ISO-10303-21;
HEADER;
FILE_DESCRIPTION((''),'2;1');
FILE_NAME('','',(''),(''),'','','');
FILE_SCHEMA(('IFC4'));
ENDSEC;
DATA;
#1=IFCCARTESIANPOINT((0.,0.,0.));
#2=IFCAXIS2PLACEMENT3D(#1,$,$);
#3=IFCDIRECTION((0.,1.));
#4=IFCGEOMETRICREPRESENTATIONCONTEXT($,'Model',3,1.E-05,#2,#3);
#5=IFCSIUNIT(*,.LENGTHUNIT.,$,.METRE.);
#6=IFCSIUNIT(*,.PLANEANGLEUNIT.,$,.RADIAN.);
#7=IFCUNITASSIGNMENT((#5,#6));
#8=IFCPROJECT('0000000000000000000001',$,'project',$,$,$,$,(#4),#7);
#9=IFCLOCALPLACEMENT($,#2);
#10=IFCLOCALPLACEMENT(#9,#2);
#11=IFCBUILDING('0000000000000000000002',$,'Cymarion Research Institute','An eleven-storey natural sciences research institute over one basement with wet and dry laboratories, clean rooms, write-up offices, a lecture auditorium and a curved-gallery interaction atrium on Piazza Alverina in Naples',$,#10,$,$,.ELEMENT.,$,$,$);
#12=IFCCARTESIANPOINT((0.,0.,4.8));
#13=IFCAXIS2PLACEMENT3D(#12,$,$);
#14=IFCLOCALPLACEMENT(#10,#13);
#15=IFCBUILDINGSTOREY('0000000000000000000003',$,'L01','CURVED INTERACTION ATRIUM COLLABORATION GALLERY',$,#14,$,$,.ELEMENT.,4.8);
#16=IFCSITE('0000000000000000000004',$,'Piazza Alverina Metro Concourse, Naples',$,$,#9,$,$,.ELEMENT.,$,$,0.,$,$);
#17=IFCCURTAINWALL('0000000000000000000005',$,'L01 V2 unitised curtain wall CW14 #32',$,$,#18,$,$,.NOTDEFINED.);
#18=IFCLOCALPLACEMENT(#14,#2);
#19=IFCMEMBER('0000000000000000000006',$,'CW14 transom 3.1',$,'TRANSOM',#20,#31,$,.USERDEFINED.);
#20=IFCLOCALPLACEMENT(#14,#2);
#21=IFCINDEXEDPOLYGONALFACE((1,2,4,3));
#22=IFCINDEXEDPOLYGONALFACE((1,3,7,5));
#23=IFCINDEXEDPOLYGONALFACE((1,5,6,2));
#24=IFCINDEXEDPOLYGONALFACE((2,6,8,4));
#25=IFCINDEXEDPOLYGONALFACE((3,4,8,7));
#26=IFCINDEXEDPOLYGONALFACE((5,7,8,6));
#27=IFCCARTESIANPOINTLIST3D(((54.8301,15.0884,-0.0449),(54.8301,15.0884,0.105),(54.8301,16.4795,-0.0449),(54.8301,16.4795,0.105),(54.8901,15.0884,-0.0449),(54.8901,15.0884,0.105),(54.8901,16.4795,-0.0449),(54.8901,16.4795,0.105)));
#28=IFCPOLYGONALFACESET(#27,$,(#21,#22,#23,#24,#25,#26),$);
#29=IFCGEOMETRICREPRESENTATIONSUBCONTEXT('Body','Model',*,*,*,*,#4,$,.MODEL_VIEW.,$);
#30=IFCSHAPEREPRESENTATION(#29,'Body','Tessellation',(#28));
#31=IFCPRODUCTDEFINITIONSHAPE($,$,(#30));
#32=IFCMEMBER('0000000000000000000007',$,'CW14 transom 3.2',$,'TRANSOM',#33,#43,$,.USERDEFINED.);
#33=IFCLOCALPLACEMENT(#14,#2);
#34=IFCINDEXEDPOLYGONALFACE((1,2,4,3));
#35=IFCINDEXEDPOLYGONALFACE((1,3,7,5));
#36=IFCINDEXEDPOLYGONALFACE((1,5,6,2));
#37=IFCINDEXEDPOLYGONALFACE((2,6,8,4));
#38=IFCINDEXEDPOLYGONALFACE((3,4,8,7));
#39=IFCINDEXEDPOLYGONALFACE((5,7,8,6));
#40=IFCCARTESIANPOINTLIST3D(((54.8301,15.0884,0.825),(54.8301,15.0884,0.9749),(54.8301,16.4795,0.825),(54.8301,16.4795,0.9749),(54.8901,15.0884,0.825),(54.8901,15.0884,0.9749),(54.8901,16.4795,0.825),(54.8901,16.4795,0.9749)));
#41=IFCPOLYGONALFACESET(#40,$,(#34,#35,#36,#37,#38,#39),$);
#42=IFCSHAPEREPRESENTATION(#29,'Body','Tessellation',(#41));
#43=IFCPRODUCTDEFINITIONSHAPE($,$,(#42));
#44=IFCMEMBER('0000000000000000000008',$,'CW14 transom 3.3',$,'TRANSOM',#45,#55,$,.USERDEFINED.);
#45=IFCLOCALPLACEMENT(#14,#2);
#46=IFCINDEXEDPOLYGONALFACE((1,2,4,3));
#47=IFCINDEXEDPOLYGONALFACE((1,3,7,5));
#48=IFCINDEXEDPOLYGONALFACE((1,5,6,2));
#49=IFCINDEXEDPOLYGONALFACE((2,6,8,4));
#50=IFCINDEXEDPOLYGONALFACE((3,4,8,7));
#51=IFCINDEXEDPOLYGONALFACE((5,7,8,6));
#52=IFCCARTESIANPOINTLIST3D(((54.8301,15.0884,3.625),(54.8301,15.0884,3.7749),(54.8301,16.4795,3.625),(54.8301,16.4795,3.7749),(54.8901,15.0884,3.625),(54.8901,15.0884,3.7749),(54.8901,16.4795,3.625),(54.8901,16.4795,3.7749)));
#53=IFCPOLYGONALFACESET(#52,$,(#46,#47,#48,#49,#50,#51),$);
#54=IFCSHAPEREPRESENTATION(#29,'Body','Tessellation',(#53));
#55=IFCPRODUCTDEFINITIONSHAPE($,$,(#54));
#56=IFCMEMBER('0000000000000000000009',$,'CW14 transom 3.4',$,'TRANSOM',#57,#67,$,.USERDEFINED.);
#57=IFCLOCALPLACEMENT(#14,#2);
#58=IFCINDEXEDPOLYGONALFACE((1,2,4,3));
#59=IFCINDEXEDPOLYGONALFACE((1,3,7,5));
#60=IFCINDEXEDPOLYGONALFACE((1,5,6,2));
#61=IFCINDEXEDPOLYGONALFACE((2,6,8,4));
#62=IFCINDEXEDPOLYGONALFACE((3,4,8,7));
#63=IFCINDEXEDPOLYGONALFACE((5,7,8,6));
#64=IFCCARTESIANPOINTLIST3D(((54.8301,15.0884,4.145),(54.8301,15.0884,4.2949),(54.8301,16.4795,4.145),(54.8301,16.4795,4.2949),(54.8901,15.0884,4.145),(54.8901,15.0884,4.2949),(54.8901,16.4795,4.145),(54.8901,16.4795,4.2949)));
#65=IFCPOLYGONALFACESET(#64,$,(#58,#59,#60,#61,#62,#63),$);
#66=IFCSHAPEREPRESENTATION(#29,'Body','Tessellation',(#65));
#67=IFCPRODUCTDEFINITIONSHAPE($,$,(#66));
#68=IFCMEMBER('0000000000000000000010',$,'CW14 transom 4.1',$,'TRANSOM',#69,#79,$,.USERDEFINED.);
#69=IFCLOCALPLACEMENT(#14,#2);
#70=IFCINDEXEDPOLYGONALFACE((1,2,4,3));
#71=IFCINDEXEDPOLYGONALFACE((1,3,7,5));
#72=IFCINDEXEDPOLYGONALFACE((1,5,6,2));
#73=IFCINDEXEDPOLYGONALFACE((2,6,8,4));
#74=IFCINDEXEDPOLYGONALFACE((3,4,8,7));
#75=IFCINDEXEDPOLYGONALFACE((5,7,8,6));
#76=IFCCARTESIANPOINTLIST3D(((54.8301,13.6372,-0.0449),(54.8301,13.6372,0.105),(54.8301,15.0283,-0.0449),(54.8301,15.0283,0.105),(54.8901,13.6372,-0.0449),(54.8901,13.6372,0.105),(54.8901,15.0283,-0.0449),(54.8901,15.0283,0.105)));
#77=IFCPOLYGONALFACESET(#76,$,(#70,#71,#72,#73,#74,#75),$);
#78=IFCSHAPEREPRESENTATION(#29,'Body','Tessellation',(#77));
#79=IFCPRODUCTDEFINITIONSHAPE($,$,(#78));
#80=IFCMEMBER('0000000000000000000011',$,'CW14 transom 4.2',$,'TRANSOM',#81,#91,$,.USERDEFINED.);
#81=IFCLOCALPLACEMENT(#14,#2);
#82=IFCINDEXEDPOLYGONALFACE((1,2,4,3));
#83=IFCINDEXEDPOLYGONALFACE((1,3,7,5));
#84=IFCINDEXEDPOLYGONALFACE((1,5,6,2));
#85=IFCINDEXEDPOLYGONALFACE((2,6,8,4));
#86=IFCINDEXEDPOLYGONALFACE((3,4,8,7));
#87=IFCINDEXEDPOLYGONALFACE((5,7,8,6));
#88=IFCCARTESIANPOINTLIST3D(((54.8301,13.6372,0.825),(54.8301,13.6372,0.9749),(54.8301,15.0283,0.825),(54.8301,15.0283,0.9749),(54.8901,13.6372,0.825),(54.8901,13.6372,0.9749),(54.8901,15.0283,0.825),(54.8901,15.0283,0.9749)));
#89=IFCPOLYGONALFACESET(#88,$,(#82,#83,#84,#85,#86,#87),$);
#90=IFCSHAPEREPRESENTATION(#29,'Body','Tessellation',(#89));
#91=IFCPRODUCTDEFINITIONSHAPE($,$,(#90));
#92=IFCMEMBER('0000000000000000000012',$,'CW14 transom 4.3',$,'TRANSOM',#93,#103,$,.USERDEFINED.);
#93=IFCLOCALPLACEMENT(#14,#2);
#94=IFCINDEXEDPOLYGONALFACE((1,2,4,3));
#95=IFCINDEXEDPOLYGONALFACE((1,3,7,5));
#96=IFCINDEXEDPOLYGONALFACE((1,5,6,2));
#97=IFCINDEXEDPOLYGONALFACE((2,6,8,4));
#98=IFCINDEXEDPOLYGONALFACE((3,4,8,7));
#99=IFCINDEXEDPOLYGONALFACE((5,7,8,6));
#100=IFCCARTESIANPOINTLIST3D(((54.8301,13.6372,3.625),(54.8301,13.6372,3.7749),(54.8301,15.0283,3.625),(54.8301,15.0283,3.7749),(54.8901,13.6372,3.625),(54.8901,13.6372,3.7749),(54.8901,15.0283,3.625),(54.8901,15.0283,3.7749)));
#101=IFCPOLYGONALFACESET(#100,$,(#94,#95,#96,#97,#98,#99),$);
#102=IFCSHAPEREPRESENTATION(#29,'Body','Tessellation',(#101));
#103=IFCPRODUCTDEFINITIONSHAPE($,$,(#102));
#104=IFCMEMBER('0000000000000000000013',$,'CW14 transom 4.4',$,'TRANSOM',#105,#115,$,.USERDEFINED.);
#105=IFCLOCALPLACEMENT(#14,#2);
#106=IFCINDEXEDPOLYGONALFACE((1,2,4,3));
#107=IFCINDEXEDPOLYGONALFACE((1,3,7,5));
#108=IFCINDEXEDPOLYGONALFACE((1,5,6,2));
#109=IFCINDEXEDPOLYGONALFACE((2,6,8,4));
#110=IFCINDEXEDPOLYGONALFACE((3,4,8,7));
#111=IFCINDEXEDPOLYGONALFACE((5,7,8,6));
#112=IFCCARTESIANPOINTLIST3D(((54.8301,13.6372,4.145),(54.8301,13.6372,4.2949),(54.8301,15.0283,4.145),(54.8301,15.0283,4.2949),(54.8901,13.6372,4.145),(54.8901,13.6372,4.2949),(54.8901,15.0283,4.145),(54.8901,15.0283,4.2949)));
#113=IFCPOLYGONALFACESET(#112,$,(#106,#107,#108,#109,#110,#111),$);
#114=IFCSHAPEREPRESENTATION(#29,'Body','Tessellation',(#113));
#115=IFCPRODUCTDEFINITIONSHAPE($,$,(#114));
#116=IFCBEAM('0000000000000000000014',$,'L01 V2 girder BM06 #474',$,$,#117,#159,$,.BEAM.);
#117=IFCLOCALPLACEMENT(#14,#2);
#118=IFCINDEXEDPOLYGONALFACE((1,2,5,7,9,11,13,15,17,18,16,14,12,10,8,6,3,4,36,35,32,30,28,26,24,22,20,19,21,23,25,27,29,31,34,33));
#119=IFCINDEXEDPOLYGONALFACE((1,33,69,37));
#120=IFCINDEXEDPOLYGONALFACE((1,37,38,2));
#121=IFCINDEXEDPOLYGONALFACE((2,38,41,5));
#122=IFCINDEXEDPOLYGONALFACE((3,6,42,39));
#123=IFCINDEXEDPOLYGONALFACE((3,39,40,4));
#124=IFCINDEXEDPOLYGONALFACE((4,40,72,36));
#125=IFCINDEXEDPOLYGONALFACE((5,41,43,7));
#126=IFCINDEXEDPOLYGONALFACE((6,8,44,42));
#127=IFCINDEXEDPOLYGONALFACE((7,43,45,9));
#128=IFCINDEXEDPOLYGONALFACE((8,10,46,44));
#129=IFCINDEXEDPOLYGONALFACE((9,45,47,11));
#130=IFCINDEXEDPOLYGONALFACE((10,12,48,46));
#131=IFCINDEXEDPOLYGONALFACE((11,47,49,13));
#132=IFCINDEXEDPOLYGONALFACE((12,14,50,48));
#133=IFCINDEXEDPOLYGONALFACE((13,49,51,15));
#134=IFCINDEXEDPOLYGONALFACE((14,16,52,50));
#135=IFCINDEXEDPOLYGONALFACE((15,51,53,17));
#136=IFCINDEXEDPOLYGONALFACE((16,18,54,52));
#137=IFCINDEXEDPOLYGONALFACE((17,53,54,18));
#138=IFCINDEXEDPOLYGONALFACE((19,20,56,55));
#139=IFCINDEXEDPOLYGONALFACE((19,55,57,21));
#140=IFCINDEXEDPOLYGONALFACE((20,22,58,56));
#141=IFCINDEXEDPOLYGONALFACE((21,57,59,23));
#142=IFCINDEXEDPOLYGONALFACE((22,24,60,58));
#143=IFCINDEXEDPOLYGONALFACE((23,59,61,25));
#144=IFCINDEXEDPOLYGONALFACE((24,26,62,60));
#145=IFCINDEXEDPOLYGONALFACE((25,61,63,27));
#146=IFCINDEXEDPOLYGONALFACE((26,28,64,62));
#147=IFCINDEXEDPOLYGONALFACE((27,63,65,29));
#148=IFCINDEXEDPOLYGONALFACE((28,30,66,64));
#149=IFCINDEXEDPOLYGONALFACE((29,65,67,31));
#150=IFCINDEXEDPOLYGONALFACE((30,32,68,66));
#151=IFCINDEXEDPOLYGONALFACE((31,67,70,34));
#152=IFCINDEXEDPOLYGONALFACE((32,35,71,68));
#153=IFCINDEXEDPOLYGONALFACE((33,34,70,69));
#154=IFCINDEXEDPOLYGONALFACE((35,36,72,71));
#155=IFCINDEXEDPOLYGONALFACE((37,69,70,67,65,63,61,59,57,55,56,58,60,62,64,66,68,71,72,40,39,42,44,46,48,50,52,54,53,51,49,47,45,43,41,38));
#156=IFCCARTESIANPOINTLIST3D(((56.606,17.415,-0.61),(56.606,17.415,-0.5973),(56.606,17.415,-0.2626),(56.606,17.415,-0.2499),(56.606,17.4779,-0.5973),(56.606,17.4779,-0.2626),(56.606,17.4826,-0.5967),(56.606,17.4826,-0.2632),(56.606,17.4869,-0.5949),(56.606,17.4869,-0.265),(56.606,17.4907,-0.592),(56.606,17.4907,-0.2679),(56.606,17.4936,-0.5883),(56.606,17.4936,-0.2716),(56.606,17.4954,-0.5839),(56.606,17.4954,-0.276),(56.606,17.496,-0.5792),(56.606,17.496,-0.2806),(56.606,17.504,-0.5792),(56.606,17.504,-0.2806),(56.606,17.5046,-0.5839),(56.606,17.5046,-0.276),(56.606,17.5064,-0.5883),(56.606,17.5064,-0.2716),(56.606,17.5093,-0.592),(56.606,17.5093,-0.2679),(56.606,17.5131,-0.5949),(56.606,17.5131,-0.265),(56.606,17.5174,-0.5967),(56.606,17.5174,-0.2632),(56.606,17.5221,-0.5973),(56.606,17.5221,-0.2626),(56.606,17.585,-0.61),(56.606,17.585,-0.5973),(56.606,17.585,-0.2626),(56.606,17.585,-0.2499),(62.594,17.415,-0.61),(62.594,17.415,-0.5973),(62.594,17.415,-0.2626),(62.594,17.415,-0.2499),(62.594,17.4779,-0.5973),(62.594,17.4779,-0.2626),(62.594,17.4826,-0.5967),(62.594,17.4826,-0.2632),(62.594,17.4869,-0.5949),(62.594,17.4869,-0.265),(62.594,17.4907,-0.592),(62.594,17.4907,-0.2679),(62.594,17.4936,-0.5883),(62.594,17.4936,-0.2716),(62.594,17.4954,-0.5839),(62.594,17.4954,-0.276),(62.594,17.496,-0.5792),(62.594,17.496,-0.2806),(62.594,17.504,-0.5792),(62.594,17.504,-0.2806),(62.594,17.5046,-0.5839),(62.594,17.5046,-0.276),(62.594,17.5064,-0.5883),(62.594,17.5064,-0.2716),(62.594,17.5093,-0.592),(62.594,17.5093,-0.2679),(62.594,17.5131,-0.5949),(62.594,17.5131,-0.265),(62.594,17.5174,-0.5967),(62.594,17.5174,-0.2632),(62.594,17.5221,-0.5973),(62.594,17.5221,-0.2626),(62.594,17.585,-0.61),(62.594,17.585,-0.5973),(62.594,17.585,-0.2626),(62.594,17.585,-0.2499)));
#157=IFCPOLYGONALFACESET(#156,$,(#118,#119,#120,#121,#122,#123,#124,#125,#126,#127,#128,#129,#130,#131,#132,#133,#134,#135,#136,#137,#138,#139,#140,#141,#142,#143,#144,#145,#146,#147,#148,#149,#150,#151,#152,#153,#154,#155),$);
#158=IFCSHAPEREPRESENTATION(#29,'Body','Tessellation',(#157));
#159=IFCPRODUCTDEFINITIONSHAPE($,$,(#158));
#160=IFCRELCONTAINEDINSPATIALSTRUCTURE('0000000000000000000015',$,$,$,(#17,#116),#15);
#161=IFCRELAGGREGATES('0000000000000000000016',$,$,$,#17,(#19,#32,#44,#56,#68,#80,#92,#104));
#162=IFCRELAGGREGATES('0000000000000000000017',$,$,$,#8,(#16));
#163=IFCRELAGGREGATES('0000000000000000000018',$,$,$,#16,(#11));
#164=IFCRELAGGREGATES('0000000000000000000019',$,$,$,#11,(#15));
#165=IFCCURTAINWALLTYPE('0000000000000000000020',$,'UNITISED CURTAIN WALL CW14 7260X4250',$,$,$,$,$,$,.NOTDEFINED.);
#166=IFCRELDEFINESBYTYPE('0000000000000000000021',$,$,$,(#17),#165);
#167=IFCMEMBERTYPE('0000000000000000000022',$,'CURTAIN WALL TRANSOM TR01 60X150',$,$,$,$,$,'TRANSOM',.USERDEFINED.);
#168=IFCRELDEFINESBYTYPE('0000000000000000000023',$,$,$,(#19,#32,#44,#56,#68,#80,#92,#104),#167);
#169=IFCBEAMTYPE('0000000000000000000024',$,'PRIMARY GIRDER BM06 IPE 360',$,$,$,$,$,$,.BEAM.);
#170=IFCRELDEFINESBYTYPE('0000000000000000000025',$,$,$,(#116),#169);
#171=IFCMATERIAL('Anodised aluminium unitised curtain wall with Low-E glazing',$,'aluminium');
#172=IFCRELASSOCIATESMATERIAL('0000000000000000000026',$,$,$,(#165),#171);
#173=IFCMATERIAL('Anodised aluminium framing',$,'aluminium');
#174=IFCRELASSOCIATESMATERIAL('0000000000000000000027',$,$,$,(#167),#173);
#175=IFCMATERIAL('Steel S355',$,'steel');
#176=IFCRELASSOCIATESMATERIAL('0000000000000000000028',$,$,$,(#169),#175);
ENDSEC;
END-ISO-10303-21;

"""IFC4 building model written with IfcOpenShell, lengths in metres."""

from ifc_helpers import new_model, si_unit, direction, frame, origin, origin_2d, place, context, subcontext, project, spatial, rectangle, i_section, extrude, material, material_profile, profile_set, type_object, element, aggregate, save


model = new_model("IFC4")

# Units and contexts
model_context = context("Model", 3, precision=1e-05, world=origin(), true_north=direction((0.0, 1.0)))
body_context = subcontext(model_context, "Body", "Model", "MODEL_VIEW")
ifc_project = project(units=[si_unit("LENGTHUNIT", "METRE"), si_unit("PLANEANGLEUNIT", "RADIAN")], contexts=[model_context])

# Site, building, storey
site_placement = place(None, origin())
site = spatial("IfcSite", under=ifc_project, at=site_placement, Name="Piazza Alverina Metro Concourse, Naples", CompositionType="ELEMENT", RefElevation=0.0)
building_placement = place(site_placement, origin())
building = spatial("IfcBuilding", under=site, at=building_placement, Name="Cymarion Research Institute", Description="An eleven-storey natural sciences research institute over one basement with wet and dry laboratories, clean rooms, write-up offices, a lecture auditorium and a curved-gallery interaction atrium on Piazza Alverina in Naples", CompositionType="ELEMENT")
storey_placement = place(building_placement, frame((0.0, 0.0, 4.8)))
storey = spatial("IfcBuildingStorey", under=building, at=storey_placement, Name="L01", Description="CURVED INTERACTION ATRIUM COLLABORATION GALLERY", CompositionType="ELEMENT", Elevation=4.8)

# Shared definitions
ifc_material_1 = material(Name="Steel S355", Category="steel")

# Curtain wall, members
ifc_material_2 = material(Name="Anodised aluminium unitised curtain wall with Low-E glazing", Category="aluminium")
curtain_wall_type = type_object("IfcCurtainWallType", Name="UNITISED CURTAIN WALL CW14 7260X4250", PredefinedType="NOTDEFINED", material=ifc_material_2)
curtain_wall_placement = place(storey_placement, origin())
curtain_wall = element("IfcCurtainWall", 1, at=curtain_wall_placement, inside=storey, type_object=curtain_wall_type, Name="L01 V2 unitised curtain wall CW14 #32", PredefinedType="NOTDEFINED")
ifc_material_3 = material(Name="Anodised aluminium framing", Category="aluminium")
ifc_material_profile_1 = material_profile(ifc_material_3, rectangle(XDim=0.0601, YDim=0.1499, at=origin_2d()), Name="ALU TRANSOM 60x150")
ifc_profile_set_1 = profile_set([ifc_material_profile_1], Name="Anodised aluminium framing")
member_type_1 = type_object("IfcMemberType", Name="CURTAIN WALL TRANSOM TR01 60X150", ElementType="TRANSOM", PredefinedType="USERDEFINED", material=ifc_profile_set_1)
member_1_placement = place(storey_placement, frame((54.8601, 16.4795, 0.03), z_axis=(0.0, -1.0, 0.0), x_axis=(1.0, 0.0, 0.0)))
member_1 = element("IfcMember", 2, at=member_1_placement, type_object=member_type_1, Name="CW14 transom 3.1", ObjectType="TRANSOM", PredefinedType="USERDEFINED", context=body_context, shape_type="SweptSolid", body=[
    extrude(rectangle(XDim=0.0601, YDim=0.1499, at=origin_2d()), origin(), (0.0, 0.0, 1.0), 1.3911),
])
member_2_placement = place(storey_placement, frame((54.8601, 16.4795, 0.8999), z_axis=(0.0, -1.0, 0.0), x_axis=(1.0, 0.0, 0.0)))
member_2 = element("IfcMember", 3, at=member_2_placement, type_object=member_type_1, Name="CW14 transom 3.2", ObjectType="TRANSOM", PredefinedType="USERDEFINED", context=body_context, shape_type="SweptSolid", body=[
    extrude(rectangle(XDim=0.0601, YDim=0.1499, at=origin_2d()), origin(), (0.0, 0.0, 1.0), 1.3911),
])
member_3_placement = place(storey_placement, frame((54.8601, 16.4795, 3.7), z_axis=(0.0, -1.0, 0.0), x_axis=(1.0, 0.0, 0.0)))
member_3 = element("IfcMember", 4, at=member_3_placement, type_object=member_type_1, Name="CW14 transom 3.3", ObjectType="TRANSOM", PredefinedType="USERDEFINED", context=body_context, shape_type="SweptSolid", body=[
    extrude(rectangle(XDim=0.0601, YDim=0.1499, at=origin_2d()), origin(), (0.0, 0.0, 1.0), 1.3911),
])
member_4_placement = place(storey_placement, frame((54.8601, 16.4795, 4.22), z_axis=(0.0, -1.0, 0.0), x_axis=(1.0, 0.0, 0.0)))
member_4 = element("IfcMember", 5, at=member_4_placement, type_object=member_type_1, Name="CW14 transom 3.4", ObjectType="TRANSOM", PredefinedType="USERDEFINED", context=body_context, shape_type="SweptSolid", body=[
    extrude(rectangle(XDim=0.0601, YDim=0.1499, at=origin_2d()), origin(), (0.0, 0.0, 1.0), 1.3911),
])
member_5_placement = place(storey_placement, frame((54.8601, 15.0283, 0.03), z_axis=(0.0, -1.0, 0.0), x_axis=(1.0, 0.0, 0.0)))
member_5 = element("IfcMember", 6, at=member_5_placement, type_object=member_type_1, Name="CW14 transom 4.1", ObjectType="TRANSOM", PredefinedType="USERDEFINED", context=body_context, shape_type="SweptSolid", body=[
    extrude(rectangle(XDim=0.0601, YDim=0.1499, at=origin_2d()), origin(), (0.0, 0.0, 1.0), 1.3911),
])
member_6_placement = place(storey_placement, frame((54.8601, 15.0283, 0.8999), z_axis=(0.0, -1.0, 0.0), x_axis=(1.0, 0.0, 0.0)))
member_6 = element("IfcMember", 7, at=member_6_placement, type_object=member_type_1, Name="CW14 transom 4.2", ObjectType="TRANSOM", PredefinedType="USERDEFINED", context=body_context, shape_type="SweptSolid", body=[
    extrude(rectangle(XDim=0.0601, YDim=0.1499, at=origin_2d()), origin(), (0.0, 0.0, 1.0), 1.3911),
])
member_7_placement = place(storey_placement, frame((54.8601, 15.0283, 3.7), z_axis=(0.0, -1.0, 0.0), x_axis=(1.0, 0.0, 0.0)))
member_7 = element("IfcMember", 8, at=member_7_placement, type_object=member_type_1, Name="CW14 transom 4.3", ObjectType="TRANSOM", PredefinedType="USERDEFINED", context=body_context, shape_type="SweptSolid", body=[
    extrude(rectangle(XDim=0.0601, YDim=0.1499, at=origin_2d()), origin(), (0.0, 0.0, 1.0), 1.3911),
])
member_8_placement = place(storey_placement, frame((54.8601, 15.0283, 4.22), z_axis=(0.0, -1.0, 0.0), x_axis=(1.0, 0.0, 0.0)))
member_8 = element("IfcMember", 9, at=member_8_placement, type_object=member_type_1, Name="CW14 transom 4.4", ObjectType="TRANSOM", PredefinedType="USERDEFINED", context=body_context, shape_type="SweptSolid", body=[
    extrude(rectangle(XDim=0.0601, YDim=0.1499, at=origin_2d()), origin(), (0.0, 0.0, 1.0), 1.3911),
])

# Beam
ifc_material_profile_2 = material_profile(ifc_material_1, i_section(OverallWidth=0.1699, OverallDepth=0.3601, WebThickness=0.0081, FlangeThickness=0.0127, FilletRadius=0.0181, at=origin_2d()), Name="IPE 360")
ifc_profile_set_2 = profile_set([ifc_material_profile_2], Name="Steel S355")
beam_type_1 = type_object("IfcBeamType", Name="PRIMARY GIRDER BM06 IPE 360", PredefinedType="BEAM", material=ifc_profile_set_2)
beam_1_placement = place(storey_placement, frame((56.606, 17.5, -0.4299), z_axis=(1.0, 0.0, 0.0), x_axis=(0.0, 1.0, 0.0)))
element("IfcBeam", 10, at=beam_1_placement, inside=storey, type_object=beam_type_1, Name="L01 V2 girder BM06 #474", PredefinedType="BEAM", context=body_context, shape_type="SweptSolid", body=[
    extrude(i_section(OverallWidth=0.1699, OverallDepth=0.3601, WebThickness=0.0081, FlangeThickness=0.0127, FilletRadius=0.0181, at=origin_2d()), origin(), (0.0, 0.0, 1.0), 5.988),
])

aggregate(curtain_wall, [member_1, member_2, member_3, member_4, member_5, member_6, member_7, member_8])

save(model, "model.ifc")
